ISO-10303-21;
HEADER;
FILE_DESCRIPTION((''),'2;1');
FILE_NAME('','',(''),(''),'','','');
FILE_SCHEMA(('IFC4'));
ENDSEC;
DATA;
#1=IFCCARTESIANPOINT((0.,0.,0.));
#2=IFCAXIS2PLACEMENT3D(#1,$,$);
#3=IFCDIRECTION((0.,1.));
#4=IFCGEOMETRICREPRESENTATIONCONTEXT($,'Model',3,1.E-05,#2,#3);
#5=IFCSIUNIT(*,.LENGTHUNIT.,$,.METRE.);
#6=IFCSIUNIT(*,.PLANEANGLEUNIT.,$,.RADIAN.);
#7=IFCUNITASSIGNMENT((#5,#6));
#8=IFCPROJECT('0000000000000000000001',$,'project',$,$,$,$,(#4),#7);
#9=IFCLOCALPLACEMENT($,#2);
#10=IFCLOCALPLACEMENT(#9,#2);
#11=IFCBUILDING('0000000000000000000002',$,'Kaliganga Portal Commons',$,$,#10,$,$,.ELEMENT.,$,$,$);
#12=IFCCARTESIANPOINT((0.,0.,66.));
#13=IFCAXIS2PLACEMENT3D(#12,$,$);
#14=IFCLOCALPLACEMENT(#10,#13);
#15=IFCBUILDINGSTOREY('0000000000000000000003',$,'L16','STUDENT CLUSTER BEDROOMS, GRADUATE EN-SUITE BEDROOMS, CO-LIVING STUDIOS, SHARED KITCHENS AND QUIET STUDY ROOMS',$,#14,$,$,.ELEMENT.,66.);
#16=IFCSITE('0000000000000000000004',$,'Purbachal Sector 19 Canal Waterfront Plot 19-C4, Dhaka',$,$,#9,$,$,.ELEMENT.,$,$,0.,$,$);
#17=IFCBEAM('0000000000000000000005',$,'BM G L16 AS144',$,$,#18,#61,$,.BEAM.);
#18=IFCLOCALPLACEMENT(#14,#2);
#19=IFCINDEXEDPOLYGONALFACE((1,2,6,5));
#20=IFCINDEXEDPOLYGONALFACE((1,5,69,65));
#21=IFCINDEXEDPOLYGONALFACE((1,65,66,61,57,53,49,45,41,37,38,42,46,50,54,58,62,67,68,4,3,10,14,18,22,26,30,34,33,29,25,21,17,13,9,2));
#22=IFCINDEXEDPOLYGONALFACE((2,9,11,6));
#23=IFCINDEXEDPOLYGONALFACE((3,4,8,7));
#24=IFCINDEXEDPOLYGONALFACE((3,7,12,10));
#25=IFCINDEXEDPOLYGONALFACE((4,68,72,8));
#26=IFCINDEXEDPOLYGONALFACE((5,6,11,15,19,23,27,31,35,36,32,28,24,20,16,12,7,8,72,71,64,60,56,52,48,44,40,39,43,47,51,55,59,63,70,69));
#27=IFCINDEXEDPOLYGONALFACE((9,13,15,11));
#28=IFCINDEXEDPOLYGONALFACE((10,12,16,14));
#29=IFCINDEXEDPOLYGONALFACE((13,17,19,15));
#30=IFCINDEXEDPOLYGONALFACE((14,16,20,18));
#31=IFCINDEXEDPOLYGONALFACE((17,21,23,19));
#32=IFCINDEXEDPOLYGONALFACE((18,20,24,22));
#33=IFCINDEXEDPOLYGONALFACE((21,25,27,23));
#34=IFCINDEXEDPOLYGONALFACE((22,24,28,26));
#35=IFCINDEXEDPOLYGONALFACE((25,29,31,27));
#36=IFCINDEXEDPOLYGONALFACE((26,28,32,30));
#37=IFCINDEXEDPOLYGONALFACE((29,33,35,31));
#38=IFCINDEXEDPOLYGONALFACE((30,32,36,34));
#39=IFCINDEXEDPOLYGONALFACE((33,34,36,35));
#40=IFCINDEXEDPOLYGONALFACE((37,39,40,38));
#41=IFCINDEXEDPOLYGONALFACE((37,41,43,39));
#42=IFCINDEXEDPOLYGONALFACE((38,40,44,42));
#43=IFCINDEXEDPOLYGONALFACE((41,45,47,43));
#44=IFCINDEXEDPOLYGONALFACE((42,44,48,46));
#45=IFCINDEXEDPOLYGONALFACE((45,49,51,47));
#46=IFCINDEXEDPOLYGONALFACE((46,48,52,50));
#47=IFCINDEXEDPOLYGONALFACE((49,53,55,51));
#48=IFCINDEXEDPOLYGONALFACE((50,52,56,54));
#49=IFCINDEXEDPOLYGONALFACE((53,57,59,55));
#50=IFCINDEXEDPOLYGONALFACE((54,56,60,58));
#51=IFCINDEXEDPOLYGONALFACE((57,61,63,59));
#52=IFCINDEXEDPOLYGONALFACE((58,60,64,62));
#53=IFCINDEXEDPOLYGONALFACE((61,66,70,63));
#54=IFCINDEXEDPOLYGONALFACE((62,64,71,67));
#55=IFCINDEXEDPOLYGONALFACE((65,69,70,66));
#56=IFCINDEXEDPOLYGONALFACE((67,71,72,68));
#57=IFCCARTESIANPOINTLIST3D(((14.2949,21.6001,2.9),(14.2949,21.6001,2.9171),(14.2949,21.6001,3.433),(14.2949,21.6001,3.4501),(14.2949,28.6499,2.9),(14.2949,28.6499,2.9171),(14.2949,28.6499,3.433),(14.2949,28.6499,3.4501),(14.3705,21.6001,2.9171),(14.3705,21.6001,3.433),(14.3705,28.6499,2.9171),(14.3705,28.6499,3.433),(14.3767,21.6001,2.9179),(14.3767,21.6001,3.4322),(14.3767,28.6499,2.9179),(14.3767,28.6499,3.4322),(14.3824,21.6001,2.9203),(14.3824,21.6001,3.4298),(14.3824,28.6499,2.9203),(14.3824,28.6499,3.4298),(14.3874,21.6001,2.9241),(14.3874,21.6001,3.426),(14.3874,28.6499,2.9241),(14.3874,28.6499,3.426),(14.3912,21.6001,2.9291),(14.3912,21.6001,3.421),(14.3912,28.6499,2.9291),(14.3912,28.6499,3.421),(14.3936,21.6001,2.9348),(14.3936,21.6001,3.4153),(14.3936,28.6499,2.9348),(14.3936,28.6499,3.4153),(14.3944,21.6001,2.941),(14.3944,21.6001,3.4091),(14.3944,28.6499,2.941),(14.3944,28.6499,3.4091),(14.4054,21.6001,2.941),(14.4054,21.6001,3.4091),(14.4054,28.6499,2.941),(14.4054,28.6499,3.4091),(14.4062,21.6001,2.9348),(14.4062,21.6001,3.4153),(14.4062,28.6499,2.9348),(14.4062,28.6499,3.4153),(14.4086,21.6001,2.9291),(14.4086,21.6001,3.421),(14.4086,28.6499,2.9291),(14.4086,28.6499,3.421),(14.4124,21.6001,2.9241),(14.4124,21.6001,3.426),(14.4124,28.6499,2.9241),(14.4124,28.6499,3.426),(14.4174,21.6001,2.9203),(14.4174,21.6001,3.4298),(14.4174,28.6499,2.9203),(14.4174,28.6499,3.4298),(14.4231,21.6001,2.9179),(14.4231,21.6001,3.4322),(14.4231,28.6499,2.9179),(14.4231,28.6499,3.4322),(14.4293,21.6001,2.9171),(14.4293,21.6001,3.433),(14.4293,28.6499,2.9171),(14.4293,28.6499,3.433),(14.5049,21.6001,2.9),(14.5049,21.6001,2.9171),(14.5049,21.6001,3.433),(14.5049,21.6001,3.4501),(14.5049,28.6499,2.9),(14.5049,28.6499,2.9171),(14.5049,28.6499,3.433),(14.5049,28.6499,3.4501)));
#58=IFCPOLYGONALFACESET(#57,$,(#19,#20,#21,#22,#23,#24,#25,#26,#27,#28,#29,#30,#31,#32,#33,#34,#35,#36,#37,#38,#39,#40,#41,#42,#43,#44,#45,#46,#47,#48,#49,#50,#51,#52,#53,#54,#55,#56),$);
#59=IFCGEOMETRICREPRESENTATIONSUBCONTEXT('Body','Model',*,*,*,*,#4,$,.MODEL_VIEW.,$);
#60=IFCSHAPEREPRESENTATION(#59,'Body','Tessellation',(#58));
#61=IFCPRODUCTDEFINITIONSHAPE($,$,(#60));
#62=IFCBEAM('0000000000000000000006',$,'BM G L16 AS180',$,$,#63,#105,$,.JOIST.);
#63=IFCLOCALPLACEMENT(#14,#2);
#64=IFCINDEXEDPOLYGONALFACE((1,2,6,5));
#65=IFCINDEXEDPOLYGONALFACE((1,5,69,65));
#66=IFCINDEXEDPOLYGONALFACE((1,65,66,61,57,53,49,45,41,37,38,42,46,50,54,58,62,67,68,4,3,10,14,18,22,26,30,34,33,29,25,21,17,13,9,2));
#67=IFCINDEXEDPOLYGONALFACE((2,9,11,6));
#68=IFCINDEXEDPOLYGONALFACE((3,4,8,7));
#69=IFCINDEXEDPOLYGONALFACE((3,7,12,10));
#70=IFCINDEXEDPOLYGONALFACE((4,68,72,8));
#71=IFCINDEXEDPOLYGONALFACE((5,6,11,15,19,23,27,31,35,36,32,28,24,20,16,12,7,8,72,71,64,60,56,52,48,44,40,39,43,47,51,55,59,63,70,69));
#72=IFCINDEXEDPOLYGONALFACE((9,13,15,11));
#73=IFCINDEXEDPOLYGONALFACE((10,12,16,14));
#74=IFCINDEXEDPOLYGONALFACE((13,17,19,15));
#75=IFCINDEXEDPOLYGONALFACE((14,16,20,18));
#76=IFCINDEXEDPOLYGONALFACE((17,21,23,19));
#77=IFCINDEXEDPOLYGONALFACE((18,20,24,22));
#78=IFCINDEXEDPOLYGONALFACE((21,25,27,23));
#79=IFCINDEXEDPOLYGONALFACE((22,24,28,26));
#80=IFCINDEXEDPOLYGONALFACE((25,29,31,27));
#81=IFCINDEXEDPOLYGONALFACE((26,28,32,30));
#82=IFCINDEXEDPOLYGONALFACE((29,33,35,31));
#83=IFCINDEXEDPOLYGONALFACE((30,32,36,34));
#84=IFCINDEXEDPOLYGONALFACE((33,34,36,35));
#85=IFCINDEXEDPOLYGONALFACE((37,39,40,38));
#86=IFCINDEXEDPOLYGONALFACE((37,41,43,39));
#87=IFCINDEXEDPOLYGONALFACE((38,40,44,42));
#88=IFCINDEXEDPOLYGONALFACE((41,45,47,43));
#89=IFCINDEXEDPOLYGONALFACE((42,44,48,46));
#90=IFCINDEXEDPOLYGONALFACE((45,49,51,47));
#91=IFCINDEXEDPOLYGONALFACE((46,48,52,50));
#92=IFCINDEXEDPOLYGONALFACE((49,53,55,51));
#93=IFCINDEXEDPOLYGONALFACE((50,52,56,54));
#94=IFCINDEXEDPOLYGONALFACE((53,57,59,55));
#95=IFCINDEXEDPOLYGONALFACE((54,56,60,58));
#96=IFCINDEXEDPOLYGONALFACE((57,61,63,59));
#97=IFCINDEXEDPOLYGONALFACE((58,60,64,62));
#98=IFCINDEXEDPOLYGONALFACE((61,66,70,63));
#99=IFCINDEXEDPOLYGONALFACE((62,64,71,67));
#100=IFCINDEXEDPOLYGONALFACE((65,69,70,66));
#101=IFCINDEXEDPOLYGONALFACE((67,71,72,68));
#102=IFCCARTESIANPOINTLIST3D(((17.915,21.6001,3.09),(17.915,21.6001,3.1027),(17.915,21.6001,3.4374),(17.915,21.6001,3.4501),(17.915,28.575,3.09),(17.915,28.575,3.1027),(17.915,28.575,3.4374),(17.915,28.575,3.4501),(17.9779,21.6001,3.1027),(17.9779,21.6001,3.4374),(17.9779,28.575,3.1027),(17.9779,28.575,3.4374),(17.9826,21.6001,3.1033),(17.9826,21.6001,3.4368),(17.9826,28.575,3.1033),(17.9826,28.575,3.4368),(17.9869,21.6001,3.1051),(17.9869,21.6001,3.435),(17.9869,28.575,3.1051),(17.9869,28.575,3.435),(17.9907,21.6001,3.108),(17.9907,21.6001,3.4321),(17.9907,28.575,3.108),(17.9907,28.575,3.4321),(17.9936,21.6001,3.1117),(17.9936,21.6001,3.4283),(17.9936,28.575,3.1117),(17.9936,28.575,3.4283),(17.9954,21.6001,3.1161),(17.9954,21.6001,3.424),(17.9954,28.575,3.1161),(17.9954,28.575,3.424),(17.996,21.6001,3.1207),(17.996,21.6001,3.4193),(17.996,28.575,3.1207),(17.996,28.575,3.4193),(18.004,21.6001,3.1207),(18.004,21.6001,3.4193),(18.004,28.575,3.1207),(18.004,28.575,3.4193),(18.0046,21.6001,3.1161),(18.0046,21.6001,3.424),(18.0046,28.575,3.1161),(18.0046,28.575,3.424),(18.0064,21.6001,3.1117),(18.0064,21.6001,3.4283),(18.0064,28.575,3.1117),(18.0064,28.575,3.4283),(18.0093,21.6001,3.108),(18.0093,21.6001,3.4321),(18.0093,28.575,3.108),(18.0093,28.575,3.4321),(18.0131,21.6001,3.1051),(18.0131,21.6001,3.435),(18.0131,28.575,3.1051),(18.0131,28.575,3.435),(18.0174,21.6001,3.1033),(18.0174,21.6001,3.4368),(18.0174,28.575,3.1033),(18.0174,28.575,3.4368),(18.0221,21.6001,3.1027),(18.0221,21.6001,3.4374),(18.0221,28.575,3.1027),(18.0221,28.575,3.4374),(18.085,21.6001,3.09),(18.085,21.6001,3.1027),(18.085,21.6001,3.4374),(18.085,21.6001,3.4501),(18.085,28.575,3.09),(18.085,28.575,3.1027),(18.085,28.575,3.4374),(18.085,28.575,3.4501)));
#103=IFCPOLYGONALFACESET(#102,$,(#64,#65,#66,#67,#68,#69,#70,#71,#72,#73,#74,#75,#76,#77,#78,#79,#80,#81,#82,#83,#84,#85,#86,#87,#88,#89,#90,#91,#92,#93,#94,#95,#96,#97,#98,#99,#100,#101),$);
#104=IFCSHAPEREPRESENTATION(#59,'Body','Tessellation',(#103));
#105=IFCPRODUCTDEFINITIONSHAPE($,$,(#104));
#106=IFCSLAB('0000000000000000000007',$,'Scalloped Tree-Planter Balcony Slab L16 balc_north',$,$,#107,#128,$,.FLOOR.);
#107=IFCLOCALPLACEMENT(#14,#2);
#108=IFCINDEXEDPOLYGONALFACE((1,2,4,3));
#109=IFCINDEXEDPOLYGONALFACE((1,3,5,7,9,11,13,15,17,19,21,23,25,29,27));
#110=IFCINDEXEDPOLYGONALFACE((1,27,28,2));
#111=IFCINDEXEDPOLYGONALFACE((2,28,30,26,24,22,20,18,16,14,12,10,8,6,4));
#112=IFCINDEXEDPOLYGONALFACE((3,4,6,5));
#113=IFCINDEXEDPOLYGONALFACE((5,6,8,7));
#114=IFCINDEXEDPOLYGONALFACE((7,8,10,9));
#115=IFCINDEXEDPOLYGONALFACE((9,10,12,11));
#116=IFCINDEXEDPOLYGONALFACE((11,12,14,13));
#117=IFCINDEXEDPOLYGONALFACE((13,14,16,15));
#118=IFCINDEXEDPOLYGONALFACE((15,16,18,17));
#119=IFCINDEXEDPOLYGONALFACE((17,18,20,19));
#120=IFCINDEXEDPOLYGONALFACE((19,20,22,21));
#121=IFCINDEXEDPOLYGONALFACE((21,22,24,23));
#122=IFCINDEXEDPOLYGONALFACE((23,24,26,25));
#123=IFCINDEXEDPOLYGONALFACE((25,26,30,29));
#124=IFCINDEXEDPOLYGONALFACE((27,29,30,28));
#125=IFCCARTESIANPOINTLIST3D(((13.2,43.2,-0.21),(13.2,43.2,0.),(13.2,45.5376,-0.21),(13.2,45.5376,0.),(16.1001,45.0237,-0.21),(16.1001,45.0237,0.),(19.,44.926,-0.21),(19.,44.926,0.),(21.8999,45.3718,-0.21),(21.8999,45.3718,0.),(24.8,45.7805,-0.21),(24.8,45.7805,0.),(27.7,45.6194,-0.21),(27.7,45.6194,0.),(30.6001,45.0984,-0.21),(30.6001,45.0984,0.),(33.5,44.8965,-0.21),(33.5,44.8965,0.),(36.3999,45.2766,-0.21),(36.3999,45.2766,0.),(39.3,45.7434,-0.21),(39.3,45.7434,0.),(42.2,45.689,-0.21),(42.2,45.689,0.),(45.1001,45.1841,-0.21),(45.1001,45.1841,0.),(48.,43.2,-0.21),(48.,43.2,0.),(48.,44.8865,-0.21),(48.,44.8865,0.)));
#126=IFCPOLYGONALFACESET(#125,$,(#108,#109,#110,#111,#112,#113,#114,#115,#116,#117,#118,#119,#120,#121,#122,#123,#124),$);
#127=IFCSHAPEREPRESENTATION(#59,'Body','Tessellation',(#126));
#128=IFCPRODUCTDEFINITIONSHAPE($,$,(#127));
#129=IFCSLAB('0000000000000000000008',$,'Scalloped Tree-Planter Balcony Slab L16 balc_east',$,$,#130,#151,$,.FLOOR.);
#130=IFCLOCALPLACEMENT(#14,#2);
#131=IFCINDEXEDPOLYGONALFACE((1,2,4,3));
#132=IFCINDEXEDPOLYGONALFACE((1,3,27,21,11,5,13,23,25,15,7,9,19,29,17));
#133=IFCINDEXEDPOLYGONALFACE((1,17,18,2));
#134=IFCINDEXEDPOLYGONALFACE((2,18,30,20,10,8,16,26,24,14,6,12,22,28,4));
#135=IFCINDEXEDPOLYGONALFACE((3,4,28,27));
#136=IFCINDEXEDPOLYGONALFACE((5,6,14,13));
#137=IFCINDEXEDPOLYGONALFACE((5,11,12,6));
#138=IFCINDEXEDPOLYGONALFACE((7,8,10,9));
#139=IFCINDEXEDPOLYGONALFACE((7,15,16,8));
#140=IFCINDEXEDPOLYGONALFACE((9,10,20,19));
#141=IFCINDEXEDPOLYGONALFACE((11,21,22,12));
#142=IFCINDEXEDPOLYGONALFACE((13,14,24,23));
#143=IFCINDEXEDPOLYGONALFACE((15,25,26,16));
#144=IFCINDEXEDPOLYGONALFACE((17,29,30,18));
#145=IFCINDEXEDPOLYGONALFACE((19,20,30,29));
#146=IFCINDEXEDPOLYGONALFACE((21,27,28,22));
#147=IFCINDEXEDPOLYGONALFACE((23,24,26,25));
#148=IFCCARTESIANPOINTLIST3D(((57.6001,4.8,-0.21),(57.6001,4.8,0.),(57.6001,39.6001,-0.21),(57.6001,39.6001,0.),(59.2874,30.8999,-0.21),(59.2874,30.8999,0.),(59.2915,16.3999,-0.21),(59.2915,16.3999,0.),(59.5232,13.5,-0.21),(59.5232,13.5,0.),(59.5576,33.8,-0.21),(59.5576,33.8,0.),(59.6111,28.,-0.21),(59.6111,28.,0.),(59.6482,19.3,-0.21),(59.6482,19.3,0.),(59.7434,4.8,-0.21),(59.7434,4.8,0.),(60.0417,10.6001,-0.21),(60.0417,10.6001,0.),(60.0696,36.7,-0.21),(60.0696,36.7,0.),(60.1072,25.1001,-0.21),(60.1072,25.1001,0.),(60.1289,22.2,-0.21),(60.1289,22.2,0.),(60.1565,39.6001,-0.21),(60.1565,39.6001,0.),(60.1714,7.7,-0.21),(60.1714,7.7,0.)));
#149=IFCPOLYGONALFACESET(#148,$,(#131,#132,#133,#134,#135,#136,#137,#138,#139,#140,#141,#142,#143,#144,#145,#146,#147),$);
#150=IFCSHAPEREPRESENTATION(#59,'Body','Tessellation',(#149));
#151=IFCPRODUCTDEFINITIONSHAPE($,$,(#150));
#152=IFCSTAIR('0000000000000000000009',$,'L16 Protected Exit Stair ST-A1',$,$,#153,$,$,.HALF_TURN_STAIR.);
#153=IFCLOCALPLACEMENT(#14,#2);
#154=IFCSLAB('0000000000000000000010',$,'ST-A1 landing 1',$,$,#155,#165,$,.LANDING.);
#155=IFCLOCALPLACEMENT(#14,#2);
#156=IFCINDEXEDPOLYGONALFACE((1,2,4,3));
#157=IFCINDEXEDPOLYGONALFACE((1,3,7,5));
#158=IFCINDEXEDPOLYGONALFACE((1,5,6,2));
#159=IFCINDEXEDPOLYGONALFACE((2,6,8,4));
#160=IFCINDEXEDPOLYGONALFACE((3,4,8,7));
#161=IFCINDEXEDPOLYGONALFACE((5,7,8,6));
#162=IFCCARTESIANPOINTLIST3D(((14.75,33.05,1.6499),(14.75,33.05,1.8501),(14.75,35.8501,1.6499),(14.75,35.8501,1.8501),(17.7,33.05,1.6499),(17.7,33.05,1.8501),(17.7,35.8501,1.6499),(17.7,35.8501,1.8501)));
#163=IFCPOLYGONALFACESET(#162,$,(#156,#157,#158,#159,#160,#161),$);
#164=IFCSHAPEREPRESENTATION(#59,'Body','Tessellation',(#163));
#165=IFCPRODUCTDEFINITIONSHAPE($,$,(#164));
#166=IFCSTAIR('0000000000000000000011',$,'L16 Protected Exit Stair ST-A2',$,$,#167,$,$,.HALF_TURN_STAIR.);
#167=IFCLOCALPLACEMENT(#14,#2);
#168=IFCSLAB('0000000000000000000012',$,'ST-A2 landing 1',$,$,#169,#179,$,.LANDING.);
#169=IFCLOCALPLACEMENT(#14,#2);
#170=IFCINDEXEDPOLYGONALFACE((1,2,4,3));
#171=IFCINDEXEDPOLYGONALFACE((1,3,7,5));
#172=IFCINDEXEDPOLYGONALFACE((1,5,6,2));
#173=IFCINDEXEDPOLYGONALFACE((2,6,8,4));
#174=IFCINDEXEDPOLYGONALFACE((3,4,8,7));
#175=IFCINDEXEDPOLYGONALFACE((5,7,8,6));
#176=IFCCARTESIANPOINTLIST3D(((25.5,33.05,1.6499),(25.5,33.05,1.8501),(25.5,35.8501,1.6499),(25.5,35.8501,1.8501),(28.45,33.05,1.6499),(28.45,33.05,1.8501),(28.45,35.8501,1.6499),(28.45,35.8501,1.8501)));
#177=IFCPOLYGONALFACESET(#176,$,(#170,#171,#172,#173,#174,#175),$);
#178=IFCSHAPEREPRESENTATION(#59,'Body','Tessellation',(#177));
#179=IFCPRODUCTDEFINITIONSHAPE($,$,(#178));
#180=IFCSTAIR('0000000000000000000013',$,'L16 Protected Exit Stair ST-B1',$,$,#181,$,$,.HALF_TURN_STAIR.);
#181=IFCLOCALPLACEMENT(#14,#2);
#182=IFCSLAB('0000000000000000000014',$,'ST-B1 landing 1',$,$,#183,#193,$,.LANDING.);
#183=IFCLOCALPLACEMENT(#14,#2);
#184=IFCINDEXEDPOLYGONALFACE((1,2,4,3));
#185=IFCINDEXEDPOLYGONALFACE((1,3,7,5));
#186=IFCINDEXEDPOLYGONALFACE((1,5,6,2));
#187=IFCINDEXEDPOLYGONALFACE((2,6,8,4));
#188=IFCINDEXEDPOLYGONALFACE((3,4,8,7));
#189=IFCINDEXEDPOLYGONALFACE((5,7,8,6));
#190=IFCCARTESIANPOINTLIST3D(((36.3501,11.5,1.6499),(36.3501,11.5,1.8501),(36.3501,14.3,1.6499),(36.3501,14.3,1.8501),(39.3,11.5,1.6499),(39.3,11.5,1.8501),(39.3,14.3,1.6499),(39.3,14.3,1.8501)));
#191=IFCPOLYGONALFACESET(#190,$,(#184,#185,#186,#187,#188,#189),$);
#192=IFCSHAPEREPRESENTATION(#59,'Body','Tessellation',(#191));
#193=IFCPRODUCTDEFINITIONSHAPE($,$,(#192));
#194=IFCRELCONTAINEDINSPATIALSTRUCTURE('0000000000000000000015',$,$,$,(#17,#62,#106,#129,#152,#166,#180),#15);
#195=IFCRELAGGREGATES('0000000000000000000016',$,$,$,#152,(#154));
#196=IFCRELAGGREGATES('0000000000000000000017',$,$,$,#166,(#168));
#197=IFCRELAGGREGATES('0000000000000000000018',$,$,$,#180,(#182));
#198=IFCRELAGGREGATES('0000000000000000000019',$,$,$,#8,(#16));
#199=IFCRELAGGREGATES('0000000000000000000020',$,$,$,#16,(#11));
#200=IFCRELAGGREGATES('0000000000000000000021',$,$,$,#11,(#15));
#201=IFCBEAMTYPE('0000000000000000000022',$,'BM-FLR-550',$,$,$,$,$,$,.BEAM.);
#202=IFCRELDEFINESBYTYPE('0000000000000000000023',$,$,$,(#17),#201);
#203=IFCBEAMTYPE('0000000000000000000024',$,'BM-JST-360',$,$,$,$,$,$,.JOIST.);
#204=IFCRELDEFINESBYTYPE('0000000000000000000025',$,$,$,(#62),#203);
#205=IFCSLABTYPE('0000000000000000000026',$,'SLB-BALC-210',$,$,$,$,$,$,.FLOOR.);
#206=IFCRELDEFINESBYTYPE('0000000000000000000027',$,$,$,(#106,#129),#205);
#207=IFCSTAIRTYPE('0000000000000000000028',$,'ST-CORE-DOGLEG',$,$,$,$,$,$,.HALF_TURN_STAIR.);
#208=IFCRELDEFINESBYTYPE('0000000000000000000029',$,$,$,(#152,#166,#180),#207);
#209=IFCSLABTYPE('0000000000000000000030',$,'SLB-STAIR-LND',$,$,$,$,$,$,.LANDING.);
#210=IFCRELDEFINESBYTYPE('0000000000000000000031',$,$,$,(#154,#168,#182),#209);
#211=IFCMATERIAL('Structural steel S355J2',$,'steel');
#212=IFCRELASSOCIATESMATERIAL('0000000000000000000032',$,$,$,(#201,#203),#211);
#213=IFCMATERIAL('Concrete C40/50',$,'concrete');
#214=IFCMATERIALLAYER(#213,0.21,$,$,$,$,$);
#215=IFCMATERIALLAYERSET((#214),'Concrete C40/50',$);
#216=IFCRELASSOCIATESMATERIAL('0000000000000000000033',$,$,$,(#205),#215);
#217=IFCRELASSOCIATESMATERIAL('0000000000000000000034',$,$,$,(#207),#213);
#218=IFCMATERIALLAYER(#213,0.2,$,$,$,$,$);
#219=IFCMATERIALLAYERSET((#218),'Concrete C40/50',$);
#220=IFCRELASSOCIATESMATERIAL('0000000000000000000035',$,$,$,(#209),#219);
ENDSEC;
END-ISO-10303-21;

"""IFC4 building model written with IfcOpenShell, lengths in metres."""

from ifc_helpers import new_model, si_unit, direction, frame, origin, origin_2d, place, context, subcontext, project, spatial, polyline, i_section, outline, extrude, source, transform, mapped, material, layer, layer_set, material_profile, profile_set, type_object, element, aggregate, save


model = new_model("IFC4")

# Units and contexts
model_context = context("Model", 3, precision=1e-05, world=origin(), true_north=direction((0.0, 1.0)))
body_context = subcontext(model_context, "Body", "Model", "MODEL_VIEW")
ifc_project = project(units=[si_unit("LENGTHUNIT", "METRE"), si_unit("PLANEANGLEUNIT", "RADIAN")], contexts=[model_context])

# Site, building, storey
site_placement = place(None, origin())
site = spatial("IfcSite", under=ifc_project, at=site_placement, Name="Purbachal Sector 19 Canal Waterfront Plot 19-C4, Dhaka", CompositionType="ELEMENT", RefElevation=0.0)
building_placement = place(site_placement, origin())
building = spatial("IfcBuilding", under=site, at=building_placement, Name="Kaliganga Portal Commons", CompositionType="ELEMENT")
storey_placement = place(building_placement, frame((0.0, 0.0, 66.0)))
storey = spatial("IfcBuildingStorey", under=building, at=storey_placement, Name="L16", Description="STUDENT CLUSTER BEDROOMS, GRADUATE EN-SUITE BEDROOMS, CO-LIVING STUDIOS, SHARED KITCHENS AND QUIET STUDY ROOMS", CompositionType="ELEMENT", Elevation=66.0)

# Beams
ifc_material_1 = material(Name="Structural steel S355J2", Category="steel")
ifc_material_profile_1 = material_profile(ifc_material_1, i_section(OverallWidth=0.21, OverallDepth=0.55, WebThickness=0.011, FlangeThickness=0.0171, FilletRadius=0.0239, at=origin_2d()), Name="IPE 550")
ifc_profile_set_1 = profile_set([ifc_material_profile_1], Name="Structural steel S355J2 wide-flange")
beam_type_1 = type_object("IfcBeamType", Name="BM-FLR-550", PredefinedType="BEAM", material=ifc_profile_set_1)
shared_shape_1 = source(origin(), body_context, "Body", "SweptSolid", [
    extrude(i_section(OverallWidth=0.21, OverallDepth=0.55, WebThickness=0.011, FlangeThickness=0.0171, FilletRadius=0.0239, at=origin_2d()), origin(), (0.0, 0.0, 1.0), 7.0498),
])
beam_1_placement = place(storey_placement, frame((14.3999, 21.6001, 3.175), z_axis=(0.0, 1.0, 0.0), x_axis=(-1.0, 0.0, 0.0)))
element("IfcBeam", 1, at=beam_1_placement, inside=storey, type_object=beam_type_1, Name="BM G L16 AS144", PredefinedType="BEAM", context=body_context, shape_type="MappedRepresentation", body=[
    mapped(shared_shape_1, transform((0.0, 0.0, 0.0), x_axis=(1.0, 0.0, 0.0), y_axis=(0.0, 1.0, 0.0), z_axis=(0.0, 0.0, 1.0), scale=1.0)),
])
ifc_material_profile_2 = material_profile(ifc_material_1, i_section(OverallWidth=0.1699, OverallDepth=0.3601, WebThickness=0.0081, FlangeThickness=0.0127, FilletRadius=0.0181, at=origin_2d()), Name="IPE 360")
ifc_profile_set_2 = profile_set([ifc_material_profile_2], Name="Structural steel S355J2 wide-flange")
beam_type_2 = type_object("IfcBeamType", Name="BM-JST-360", PredefinedType="JOIST", material=ifc_profile_set_2)
shared_shape_2 = source(origin(), body_context, "Body", "SweptSolid", [
    extrude(i_section(OverallWidth=0.1699, OverallDepth=0.3601, WebThickness=0.0081, FlangeThickness=0.0127, FilletRadius=0.0181, at=origin_2d()), origin(), (0.0, 0.0, 1.0), 6.9749),
])
beam_2_placement = place(storey_placement, frame((18.0, 21.6001, 3.27), z_axis=(0.0, 1.0, 0.0), x_axis=(-1.0, 0.0, 0.0)))
element("IfcBeam", 2, at=beam_2_placement, inside=storey, type_object=beam_type_2, Name="BM G L16 AS180", PredefinedType="JOIST", context=body_context, shape_type="MappedRepresentation", body=[
    mapped(shared_shape_2, transform((0.0, 0.0, 0.0), x_axis=(1.0, 0.0, 0.0), y_axis=(0.0, 1.0, 0.0), z_axis=(0.0, 0.0, 1.0), scale=1.0)),
])

# Slabs
ifc_material_2 = material(Name="Concrete C40/50", Category="concrete")
ifc_layer_1 = layer(ifc_material_2, 0.21)
ifc_layer_set_1 = layer_set([ifc_layer_1], Name="Concrete C40/50")
slab_type_1 = type_object("IfcSlabType", Name="SLB-BALC-210", PredefinedType="FLOOR", material=ifc_layer_set_1)
slab_1_placement = place(storey_placement, frame((0.0, 0.0, -0.21)))
element("IfcSlab", 3, at=slab_1_placement, inside=storey, type_object=slab_type_1, Name="Scalloped Tree-Planter Balcony Slab L16 balc_north", PredefinedType="FLOOR", context=body_context, shape_type="SweptSolid", body=[
    extrude(outline(polyline([(48.0, 43.2), (48.0, 44.8865), (45.1001, 45.1841), (42.2, 45.689), (39.3, 45.7434), (36.3999, 45.2766), (33.5, 44.8965), (30.6001, 45.0984), (27.7, 45.6194), (24.8, 45.7805), (21.8999, 45.3718), (19.0, 44.926), (16.1001, 45.0237), (13.2, 45.5376), (13.2, 43.2), (48.0, 43.2)])), origin(), (0.0, 0.0, 1.0), 0.21),
])
slab_2_placement = place(storey_placement, frame((0.0, 0.0, -0.21)))
element("IfcSlab", 4, at=slab_2_placement, inside=storey, type_object=slab_type_1, Name="Scalloped Tree-Planter Balcony Slab L16 balc_east", PredefinedType="FLOOR", context=body_context, shape_type="SweptSolid", body=[
    extrude(outline(polyline([(57.6001, 4.8), (59.7434, 4.8), (60.1714, 7.7), (60.0417, 10.6001), (59.5232, 13.5), (59.2915, 16.3999), (59.6482, 19.3), (60.1289, 22.2), (60.1072, 25.1001), (59.6111, 28.0), (59.2874, 30.8999), (59.5576, 33.8), (60.0696, 36.7), (60.1565, 39.6001), (57.6001, 39.6001), (57.6001, 4.8)])), origin(), (0.0, 0.0, 1.0), 0.21),
])

# Stairs, slabs
stair_type = type_object("IfcStairType", Name="ST-CORE-DOGLEG", PredefinedType="HALF_TURN_STAIR", material=ifc_material_2)
stair_1_placement = place(storey_placement, origin())
stair_1 = element("IfcStair", 5, at=stair_1_placement, inside=storey, type_object=stair_type, Name="L16 Protected Exit Stair ST-A1", PredefinedType="HALF_TURN_STAIR")
ifc_layer_2 = layer(ifc_material_2, 0.2)
ifc_layer_set_2 = layer_set([ifc_layer_2], Name="Concrete C40/50")
slab_type_2 = type_object("IfcSlabType", Name="SLB-STAIR-LND", PredefinedType="LANDING", material=ifc_layer_set_2)
slab_3_placement = place(storey_placement, frame((0.0, 0.0, 1.6499)))
slab_3 = element("IfcSlab", 6, at=slab_3_placement, type_object=slab_type_2, Name="ST-A1 landing 1", PredefinedType="LANDING", context=body_context, shape_type="SweptSolid", body=[
    extrude(outline(polyline([(17.7, 33.05), (17.7, 35.8501), (14.75, 35.8501), (14.75, 33.05), (17.7, 33.05)])), origin(), (0.0, 0.0, 1.0), 0.2002),
])
aggregate(stair_1, [slab_3])
stair_2_placement = place(storey_placement, origin())
stair_2 = element("IfcStair", 7, at=stair_2_placement, inside=storey, type_object=stair_type, Name="L16 Protected Exit Stair ST-A2", PredefinedType="HALF_TURN_STAIR")
slab_4_placement = place(storey_placement, frame((0.0, 0.0, 1.6499)))
slab_4 = element("IfcSlab", 8, at=slab_4_placement, type_object=slab_type_2, Name="ST-A2 landing 1", PredefinedType="LANDING", context=body_context, shape_type="SweptSolid", body=[
    extrude(outline(polyline([(28.45, 33.05), (28.45, 35.8501), (25.5, 35.8501), (25.5, 33.05), (28.45, 33.05)])), origin(), (0.0, 0.0, 1.0), 0.2002),
])
aggregate(stair_2, [slab_4])
stair_3_placement = place(storey_placement, origin())
stair_3 = element("IfcStair", 9, at=stair_3_placement, inside=storey, type_object=stair_type, Name="L16 Protected Exit Stair ST-B1", PredefinedType="HALF_TURN_STAIR")
slab_5_placement = place(storey_placement, frame((0.0, 0.0, 1.6499)))
slab_5 = element("IfcSlab", 10, at=slab_5_placement, type_object=slab_type_2, Name="ST-B1 landing 1", PredefinedType="LANDING", context=body_context, shape_type="SweptSolid", body=[
    extrude(outline(polyline([(39.3, 11.5), (39.3, 14.3), (36.3501, 14.3), (36.3501, 11.5), (39.3, 11.5)])), origin(), (0.0, 0.0, 1.0), 0.2002),
])
aggregate(stair_3, [slab_5])

save(model, "model.ifc")
